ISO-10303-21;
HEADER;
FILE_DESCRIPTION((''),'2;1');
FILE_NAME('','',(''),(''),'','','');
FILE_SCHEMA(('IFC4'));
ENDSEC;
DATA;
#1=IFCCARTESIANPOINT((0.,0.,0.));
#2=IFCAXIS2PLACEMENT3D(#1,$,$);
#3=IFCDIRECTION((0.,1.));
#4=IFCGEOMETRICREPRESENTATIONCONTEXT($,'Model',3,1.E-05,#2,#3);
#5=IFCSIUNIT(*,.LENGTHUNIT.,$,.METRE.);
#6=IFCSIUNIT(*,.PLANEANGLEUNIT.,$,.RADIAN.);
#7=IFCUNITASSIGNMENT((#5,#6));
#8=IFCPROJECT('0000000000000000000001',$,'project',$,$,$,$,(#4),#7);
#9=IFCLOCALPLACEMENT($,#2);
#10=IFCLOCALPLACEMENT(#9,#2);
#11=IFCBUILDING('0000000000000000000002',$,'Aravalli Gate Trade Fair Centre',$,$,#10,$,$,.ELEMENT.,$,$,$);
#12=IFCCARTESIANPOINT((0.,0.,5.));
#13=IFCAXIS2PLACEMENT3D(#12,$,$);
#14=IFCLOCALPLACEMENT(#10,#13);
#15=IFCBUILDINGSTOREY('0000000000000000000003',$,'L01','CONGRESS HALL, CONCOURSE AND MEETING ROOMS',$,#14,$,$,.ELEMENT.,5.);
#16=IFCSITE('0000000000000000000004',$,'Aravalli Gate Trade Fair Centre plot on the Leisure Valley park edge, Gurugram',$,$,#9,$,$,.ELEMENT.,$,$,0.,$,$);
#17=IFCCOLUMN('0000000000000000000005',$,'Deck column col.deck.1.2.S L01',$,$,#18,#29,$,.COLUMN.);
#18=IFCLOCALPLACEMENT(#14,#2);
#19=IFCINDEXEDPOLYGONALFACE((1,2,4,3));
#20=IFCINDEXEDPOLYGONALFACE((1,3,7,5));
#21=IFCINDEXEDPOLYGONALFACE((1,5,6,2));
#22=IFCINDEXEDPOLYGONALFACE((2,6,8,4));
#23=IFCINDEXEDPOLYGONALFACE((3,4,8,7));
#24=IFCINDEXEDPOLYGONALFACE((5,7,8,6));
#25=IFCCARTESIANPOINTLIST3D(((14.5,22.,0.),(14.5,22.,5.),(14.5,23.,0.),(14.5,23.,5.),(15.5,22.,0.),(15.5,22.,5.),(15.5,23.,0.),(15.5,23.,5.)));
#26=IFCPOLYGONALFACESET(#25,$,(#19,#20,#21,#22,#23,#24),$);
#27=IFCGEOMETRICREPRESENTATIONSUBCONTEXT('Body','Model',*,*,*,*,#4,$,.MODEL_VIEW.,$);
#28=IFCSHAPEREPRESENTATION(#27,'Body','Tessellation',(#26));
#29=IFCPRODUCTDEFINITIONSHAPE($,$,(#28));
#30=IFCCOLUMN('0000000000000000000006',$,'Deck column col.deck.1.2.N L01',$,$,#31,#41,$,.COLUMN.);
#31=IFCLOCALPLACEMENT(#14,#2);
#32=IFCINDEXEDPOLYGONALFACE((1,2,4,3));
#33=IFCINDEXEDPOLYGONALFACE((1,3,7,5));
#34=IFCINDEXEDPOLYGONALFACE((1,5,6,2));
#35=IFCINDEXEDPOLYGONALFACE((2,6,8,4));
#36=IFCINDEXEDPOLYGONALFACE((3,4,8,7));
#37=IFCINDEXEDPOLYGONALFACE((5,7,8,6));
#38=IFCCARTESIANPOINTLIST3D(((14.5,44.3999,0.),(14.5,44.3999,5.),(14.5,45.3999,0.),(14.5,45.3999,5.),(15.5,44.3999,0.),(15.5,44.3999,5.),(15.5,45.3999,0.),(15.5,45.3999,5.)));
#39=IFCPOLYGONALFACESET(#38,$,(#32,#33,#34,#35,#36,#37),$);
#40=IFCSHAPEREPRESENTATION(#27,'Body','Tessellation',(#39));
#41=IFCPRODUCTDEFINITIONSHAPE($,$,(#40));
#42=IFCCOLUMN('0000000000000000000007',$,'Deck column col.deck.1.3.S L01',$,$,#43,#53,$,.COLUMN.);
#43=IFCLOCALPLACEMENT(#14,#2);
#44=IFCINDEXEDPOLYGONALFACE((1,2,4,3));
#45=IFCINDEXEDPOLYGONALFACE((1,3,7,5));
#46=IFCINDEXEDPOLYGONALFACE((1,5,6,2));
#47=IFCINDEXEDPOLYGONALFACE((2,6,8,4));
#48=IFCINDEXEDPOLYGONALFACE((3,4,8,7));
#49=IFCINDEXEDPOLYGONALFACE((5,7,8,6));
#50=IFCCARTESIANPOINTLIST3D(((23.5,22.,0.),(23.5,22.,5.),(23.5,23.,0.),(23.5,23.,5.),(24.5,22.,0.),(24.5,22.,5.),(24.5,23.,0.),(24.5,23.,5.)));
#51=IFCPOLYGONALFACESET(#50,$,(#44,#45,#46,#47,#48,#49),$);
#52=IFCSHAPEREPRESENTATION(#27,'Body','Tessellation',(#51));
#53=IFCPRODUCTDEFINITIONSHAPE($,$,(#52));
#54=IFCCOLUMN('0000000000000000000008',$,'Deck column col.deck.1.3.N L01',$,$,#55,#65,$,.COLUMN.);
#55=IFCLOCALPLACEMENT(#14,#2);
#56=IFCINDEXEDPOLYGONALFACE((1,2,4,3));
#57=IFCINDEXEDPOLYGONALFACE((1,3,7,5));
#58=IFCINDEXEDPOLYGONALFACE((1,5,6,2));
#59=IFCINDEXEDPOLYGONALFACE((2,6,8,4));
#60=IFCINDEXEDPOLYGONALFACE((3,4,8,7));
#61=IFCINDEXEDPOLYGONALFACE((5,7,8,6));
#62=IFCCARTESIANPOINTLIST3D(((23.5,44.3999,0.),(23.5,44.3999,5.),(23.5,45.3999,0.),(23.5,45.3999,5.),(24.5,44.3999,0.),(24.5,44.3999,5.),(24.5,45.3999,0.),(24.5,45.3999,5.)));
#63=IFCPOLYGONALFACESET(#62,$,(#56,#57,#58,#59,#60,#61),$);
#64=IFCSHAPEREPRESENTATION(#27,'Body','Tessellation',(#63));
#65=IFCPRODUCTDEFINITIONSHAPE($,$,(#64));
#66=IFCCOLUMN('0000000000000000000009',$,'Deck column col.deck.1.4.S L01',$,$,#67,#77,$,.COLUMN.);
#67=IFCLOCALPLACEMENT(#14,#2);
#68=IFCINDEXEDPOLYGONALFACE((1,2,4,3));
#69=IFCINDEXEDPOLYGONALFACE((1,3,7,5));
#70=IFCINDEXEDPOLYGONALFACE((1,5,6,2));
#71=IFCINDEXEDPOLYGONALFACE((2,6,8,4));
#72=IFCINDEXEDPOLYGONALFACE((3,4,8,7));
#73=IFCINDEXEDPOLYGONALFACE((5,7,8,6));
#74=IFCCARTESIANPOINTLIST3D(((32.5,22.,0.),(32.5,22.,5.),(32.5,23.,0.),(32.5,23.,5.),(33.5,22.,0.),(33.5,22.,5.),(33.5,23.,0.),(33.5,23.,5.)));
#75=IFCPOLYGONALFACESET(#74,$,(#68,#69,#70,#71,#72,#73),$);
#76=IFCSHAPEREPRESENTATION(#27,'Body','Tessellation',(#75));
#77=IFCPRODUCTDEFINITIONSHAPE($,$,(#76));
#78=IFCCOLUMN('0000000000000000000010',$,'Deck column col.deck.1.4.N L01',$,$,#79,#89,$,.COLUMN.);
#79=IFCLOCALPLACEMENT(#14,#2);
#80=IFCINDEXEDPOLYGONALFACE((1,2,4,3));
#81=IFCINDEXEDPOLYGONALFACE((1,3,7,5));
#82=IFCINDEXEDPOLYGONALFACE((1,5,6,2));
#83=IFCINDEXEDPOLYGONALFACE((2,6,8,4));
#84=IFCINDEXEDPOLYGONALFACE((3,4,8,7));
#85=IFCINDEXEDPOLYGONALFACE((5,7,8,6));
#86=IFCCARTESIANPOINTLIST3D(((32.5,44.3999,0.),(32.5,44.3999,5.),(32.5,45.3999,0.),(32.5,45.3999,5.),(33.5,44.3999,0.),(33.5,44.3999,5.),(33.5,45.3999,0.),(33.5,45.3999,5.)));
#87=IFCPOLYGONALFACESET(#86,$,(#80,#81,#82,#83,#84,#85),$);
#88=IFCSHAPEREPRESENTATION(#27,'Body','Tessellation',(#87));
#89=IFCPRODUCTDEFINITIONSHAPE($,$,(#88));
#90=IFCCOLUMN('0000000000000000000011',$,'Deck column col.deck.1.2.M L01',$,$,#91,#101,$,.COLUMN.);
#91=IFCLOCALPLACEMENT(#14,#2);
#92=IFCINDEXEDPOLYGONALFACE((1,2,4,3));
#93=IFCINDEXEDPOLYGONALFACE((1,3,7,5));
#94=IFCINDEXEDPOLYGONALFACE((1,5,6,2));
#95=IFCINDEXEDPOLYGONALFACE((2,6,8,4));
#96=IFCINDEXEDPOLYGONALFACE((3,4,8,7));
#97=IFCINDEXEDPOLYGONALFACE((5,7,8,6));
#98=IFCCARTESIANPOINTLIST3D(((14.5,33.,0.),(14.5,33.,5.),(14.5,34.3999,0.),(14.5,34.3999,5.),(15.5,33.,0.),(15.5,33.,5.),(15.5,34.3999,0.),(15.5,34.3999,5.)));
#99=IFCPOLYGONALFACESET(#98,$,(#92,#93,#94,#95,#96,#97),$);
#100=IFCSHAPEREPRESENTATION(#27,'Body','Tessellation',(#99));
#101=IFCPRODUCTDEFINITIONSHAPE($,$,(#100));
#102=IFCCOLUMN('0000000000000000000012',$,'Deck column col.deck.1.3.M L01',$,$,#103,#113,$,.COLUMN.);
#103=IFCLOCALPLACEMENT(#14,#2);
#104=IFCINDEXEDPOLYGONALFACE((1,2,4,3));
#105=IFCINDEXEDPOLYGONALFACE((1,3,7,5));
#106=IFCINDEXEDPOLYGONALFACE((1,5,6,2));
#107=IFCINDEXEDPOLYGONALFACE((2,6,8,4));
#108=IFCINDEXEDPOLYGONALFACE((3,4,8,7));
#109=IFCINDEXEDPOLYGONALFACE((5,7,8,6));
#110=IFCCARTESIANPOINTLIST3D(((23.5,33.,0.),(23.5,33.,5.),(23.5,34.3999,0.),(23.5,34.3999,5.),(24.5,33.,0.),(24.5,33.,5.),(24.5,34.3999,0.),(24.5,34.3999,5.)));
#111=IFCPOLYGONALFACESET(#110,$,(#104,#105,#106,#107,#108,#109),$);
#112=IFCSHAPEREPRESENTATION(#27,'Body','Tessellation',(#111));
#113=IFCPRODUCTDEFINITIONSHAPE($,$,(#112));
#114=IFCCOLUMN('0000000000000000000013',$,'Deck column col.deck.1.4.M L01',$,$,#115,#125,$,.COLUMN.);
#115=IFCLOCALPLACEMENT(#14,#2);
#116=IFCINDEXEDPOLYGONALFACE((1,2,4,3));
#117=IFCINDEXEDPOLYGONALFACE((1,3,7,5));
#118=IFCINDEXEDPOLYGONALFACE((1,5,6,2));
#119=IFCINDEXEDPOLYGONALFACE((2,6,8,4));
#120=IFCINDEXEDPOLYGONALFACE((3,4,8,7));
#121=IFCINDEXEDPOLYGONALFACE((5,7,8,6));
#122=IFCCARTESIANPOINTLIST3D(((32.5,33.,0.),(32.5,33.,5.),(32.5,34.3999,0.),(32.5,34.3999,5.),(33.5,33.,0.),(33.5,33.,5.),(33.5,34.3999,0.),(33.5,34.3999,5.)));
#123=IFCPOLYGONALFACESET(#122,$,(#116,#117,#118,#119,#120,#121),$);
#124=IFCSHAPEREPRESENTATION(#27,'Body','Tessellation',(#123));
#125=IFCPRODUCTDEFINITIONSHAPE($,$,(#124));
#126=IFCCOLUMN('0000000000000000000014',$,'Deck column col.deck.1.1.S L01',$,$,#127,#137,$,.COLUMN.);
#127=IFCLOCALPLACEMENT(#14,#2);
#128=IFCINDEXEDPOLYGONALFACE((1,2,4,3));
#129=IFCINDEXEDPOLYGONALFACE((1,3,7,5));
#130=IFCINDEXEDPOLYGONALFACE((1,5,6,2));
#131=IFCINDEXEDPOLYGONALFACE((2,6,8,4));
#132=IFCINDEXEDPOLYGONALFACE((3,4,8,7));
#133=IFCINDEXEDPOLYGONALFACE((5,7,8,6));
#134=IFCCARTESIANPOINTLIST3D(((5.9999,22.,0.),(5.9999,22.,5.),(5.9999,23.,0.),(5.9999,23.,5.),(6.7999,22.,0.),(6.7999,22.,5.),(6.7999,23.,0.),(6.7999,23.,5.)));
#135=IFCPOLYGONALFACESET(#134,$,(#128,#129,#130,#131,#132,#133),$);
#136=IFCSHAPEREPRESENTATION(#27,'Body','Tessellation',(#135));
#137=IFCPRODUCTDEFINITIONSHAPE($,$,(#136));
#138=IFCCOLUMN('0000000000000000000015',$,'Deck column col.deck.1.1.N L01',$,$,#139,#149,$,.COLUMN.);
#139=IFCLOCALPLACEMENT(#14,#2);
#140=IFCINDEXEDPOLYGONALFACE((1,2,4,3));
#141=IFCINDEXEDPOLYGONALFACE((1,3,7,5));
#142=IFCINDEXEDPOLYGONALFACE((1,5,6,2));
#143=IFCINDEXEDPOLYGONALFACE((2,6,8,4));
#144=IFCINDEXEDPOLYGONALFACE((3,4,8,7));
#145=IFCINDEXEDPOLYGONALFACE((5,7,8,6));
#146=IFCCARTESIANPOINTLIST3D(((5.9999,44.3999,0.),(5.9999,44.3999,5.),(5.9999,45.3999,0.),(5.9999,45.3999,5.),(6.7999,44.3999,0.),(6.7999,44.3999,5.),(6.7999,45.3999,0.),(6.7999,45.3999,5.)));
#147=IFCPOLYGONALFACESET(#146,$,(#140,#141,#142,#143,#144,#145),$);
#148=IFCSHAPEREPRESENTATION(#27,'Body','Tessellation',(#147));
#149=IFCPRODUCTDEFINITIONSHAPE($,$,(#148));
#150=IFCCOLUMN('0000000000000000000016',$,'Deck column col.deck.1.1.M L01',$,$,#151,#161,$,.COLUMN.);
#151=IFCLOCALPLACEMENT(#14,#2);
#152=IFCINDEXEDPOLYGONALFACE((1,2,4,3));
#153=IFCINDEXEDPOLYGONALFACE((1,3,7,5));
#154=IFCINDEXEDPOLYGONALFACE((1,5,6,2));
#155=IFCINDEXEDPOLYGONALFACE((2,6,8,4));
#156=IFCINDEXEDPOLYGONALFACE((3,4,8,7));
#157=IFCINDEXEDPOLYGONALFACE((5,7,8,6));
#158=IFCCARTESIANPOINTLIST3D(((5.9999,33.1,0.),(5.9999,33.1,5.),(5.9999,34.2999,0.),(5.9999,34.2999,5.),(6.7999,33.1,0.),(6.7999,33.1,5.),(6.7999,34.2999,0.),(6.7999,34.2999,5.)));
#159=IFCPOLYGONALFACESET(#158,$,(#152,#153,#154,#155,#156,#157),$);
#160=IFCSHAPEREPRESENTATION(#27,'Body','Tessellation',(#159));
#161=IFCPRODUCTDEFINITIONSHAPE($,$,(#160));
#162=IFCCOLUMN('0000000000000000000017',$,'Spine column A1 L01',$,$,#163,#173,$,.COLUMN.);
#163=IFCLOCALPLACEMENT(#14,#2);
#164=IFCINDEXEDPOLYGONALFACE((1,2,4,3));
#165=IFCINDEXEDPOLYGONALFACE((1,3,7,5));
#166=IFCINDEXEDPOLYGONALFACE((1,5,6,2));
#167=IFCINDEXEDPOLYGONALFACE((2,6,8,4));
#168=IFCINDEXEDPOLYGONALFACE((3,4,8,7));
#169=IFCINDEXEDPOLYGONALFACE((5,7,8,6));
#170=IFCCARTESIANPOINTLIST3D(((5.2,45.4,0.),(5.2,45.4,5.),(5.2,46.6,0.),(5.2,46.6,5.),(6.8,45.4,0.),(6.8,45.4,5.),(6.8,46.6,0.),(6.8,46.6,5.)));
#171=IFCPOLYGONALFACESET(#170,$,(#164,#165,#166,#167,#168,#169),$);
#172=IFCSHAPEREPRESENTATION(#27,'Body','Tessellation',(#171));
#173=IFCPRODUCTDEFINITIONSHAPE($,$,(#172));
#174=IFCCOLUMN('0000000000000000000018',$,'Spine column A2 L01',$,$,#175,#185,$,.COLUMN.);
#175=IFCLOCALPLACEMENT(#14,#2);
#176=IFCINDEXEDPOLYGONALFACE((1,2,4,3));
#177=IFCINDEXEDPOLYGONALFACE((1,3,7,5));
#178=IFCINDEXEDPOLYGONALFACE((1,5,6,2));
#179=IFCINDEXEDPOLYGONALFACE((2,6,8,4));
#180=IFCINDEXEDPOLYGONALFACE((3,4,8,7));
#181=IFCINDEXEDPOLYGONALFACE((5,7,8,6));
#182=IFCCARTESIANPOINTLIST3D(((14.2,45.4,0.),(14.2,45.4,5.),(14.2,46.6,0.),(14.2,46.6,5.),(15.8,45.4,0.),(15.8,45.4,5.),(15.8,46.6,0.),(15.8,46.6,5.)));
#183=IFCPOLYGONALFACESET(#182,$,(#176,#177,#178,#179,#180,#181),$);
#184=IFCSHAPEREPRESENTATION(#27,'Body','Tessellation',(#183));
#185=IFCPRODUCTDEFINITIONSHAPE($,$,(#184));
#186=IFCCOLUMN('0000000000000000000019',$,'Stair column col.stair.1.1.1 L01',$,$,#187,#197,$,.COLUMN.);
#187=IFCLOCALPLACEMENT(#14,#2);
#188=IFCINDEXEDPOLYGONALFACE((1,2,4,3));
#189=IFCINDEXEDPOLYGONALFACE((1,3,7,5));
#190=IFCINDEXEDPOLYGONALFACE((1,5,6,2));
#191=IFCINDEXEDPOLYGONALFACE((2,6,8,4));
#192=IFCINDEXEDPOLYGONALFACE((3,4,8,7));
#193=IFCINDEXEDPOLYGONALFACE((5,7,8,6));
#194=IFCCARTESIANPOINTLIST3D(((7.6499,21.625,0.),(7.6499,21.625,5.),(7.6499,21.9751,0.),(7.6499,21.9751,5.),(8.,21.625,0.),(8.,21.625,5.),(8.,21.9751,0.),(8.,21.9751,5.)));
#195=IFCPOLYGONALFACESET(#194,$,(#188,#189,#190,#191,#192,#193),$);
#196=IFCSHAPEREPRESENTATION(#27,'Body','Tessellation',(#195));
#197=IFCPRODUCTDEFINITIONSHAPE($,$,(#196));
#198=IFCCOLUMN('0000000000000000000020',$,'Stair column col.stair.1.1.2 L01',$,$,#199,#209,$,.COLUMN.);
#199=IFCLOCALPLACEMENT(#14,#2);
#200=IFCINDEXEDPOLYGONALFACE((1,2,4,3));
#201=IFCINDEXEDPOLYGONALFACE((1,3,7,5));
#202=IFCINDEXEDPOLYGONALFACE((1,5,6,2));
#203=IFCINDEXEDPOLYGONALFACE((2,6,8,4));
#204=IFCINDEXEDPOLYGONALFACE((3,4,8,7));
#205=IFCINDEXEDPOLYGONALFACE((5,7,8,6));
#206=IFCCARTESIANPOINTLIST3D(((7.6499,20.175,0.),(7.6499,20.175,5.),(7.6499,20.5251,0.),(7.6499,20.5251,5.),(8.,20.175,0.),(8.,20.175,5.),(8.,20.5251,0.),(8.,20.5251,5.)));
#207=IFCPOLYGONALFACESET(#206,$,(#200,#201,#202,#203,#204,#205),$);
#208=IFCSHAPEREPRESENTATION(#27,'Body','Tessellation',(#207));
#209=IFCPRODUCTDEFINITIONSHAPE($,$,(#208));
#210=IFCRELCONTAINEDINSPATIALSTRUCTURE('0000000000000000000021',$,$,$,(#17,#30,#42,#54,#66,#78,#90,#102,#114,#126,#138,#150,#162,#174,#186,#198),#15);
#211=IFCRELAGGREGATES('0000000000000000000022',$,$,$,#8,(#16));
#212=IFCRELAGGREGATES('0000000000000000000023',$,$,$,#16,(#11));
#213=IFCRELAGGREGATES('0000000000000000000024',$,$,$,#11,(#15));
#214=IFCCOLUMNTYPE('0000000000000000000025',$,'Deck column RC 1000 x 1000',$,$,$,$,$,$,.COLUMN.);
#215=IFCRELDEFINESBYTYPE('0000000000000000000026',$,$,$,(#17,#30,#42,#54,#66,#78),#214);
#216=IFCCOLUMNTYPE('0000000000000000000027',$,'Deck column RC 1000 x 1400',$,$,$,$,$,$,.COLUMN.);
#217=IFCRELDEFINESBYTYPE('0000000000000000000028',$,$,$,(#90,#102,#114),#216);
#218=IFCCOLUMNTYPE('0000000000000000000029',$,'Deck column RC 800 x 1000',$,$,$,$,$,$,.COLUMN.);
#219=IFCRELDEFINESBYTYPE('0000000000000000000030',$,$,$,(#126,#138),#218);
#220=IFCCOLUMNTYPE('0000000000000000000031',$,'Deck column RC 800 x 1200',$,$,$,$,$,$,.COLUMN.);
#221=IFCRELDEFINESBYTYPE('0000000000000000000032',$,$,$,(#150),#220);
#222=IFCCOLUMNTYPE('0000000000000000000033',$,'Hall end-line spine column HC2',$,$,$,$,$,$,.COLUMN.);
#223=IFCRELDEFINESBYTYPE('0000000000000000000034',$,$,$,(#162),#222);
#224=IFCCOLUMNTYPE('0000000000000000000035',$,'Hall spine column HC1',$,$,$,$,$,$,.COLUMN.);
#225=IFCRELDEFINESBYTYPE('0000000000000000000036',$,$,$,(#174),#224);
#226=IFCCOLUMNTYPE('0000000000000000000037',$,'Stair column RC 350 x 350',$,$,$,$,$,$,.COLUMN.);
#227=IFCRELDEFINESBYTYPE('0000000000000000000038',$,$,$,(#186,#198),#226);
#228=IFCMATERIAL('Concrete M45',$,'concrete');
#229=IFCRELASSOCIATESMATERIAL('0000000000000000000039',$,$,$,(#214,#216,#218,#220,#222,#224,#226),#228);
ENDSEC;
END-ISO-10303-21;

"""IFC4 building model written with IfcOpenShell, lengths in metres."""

from ifc_helpers import new_model, si_unit, direction, frame, origin, origin_2d, place, context, subcontext, project, spatial, rectangle, extrude, material, material_profile, profile_set, type_object, element, save


model = new_model("IFC4")

# Units and contexts
model_context = context("Model", 3, precision=1e-05, world=origin(), true_north=direction((0.0, 1.0)))
body_context = subcontext(model_context, "Body", "Model", "MODEL_VIEW")
ifc_project = project(units=[si_unit("LENGTHUNIT", "METRE"), si_unit("PLANEANGLEUNIT", "RADIAN")], contexts=[model_context])

# Site, building, storey
site_placement = place(None, origin())
site = spatial("IfcSite", under=ifc_project, at=site_placement, Name="Aravalli Gate Trade Fair Centre plot on the Leisure Valley park edge, Gurugram", CompositionType="ELEMENT", RefElevation=0.0)
building_placement = place(site_placement, origin())
building = spatial("IfcBuilding", under=site, at=building_placement, Name="Aravalli Gate Trade Fair Centre", CompositionType="ELEMENT")
storey_placement = place(building_placement, frame((0.0, 0.0, 5.0)))
storey = spatial("IfcBuildingStorey", under=building, at=storey_placement, Name="L01", Description="CONGRESS HALL, CONCOURSE AND MEETING ROOMS", CompositionType="ELEMENT", Elevation=5.0)

# Columns
ifc_material_1 = material(Name="Concrete M45", Category="concrete")
ifc_material_profile_1 = material_profile(ifc_material_1, rectangle(XDim=1.0, YDim=1.0, at=origin_2d()), Name="Deck column RC 1000 x 1000")
ifc_profile_set_1 = profile_set([ifc_material_profile_1], Name="Concrete M45")
column_type_1 = type_object("IfcColumnType", Name="Deck column RC 1000 x 1000", PredefinedType="COLUMN", material=ifc_profile_set_1)
for number, where, z_axis, x_axis, name in (
    (1, (15.0, 22.5, 0.0), (0.0, 0.0, 1.0), (1.0, 0.0, 0.0), "Deck column col.deck.1.2.S L01"),
    (2, (15.0, 44.8999, 0.0), (0.0, 0.0, 1.0), (1.0, 0.0, 0.0), "Deck column col.deck.1.2.N L01"),
    (3, (24.0, 22.5, 0.0), (0.0, 0.0, 1.0), (1.0, 0.0, 0.0), "Deck column col.deck.1.3.S L01"),
    (4, (24.0, 44.8999, 0.0), (0.0, 0.0, 1.0), (1.0, 0.0, 0.0), "Deck column col.deck.1.3.N L01"),
    (5, (33.0, 22.5, 0.0), (0.0, 0.0, 1.0), (1.0, 0.0, 0.0), "Deck column col.deck.1.4.S L01"),
    (6, (33.0, 44.8999, 0.0), (0.0, 0.0, 1.0), (1.0, 0.0, 0.0), "Deck column col.deck.1.4.N L01"),
):
    element("IfcColumn", number, at=place(storey_placement, frame(where, z_axis=z_axis, x_axis=x_axis)), inside=storey, type_object=column_type_1, Name=name, PredefinedType="COLUMN", context=body_context, shape_type="SweptSolid", body=[
        extrude(rectangle(XDim=1.0, YDim=1.0, at=origin_2d()), origin(), (0.0, 0.0, 1.0), 5.0),
    ])
ifc_material_profile_2 = material_profile(ifc_material_1, rectangle(XDim=1.0, YDim=1.3999, at=origin_2d()), Name="Deck column RC 1000 x 1400")
ifc_profile_set_2 = profile_set([ifc_material_profile_2], Name="Concrete M45")
column_type_2 = type_object("IfcColumnType", Name="Deck column RC 1000 x 1400", PredefinedType="COLUMN", material=ifc_profile_set_2)
for number, where, z_axis, x_axis, name in (
    (7, (15.0, 33.7, 0.0), (0.0, 0.0, 1.0), (1.0, 0.0, 0.0), "Deck column col.deck.1.2.M L01"),
    (8, (24.0, 33.7, 0.0), (0.0, 0.0, 1.0), (1.0, 0.0, 0.0), "Deck column col.deck.1.3.M L01"),
    (9, (33.0, 33.7, 0.0), (0.0, 0.0, 1.0), (1.0, 0.0, 0.0), "Deck column col.deck.1.4.M L01"),
):
    element("IfcColumn", number, at=place(storey_placement, frame(where, z_axis=z_axis, x_axis=x_axis)), inside=storey, type_object=column_type_2, Name=name, PredefinedType="COLUMN", context=body_context, shape_type="SweptSolid", body=[
        extrude(rectangle(XDim=1.0, YDim=1.3999, at=origin_2d()), origin(), (0.0, 0.0, 1.0), 5.0),
    ])
ifc_material_profile_3 = material_profile(ifc_material_1, rectangle(XDim=0.8, YDim=1.0, at=origin_2d()), Name="Deck column RC 800 x 1000")
ifc_profile_set_3 = profile_set([ifc_material_profile_3], Name="Concrete M45")
column_type_3 = type_object("IfcColumnType", Name="Deck column RC 800 x 1000", PredefinedType="COLUMN", material=ifc_profile_set_3)
for number, where, z_axis, x_axis, name in (
    (10, (6.3999, 22.5, 0.0), (0.0, 0.0, 1.0), (1.0, 0.0, 0.0), "Deck column col.deck.1.1.S L01"),
    (11, (6.3999, 44.8999, 0.0), (0.0, 0.0, 1.0), (1.0, 0.0, 0.0), "Deck column col.deck.1.1.N L01"),
):
    element("IfcColumn", number, at=place(storey_placement, frame(where, z_axis=z_axis, x_axis=x_axis)), inside=storey, type_object=column_type_3, Name=name, PredefinedType="COLUMN", context=body_context, shape_type="SweptSolid", body=[
        extrude(rectangle(XDim=0.8, YDim=1.0, at=origin_2d()), origin(), (0.0, 0.0, 1.0), 5.0),
    ])
ifc_material_profile_4 = material_profile(ifc_material_1, rectangle(XDim=0.8, YDim=1.2, at=origin_2d()), Name="Deck column RC 800 x 1200")
ifc_profile_set_4 = profile_set([ifc_material_profile_4], Name="Concrete M45")
column_type_4 = type_object("IfcColumnType", Name="Deck column RC 800 x 1200", PredefinedType="COLUMN", material=ifc_profile_set_4)
column_1_placement = place(storey_placement, frame((6.3999, 33.7, 0.0), z_axis=(0.0, 0.0, 1.0), x_axis=(1.0, 0.0, 0.0)))
element("IfcColumn", 12, at=column_1_placement, inside=storey, type_object=column_type_4, Name="Deck column col.deck.1.1.M L01", PredefinedType="COLUMN", context=body_context, shape_type="SweptSolid", body=[
    extrude(rectangle(XDim=0.8, YDim=1.2, at=origin_2d()), origin(), (0.0, 0.0, 1.0), 5.0),
])
ifc_material_profile_5 = material_profile(ifc_material_1, rectangle(XDim=1.6001, YDim=1.2, at=origin_2d()), Name="RC 1600x1200")
ifc_profile_set_5 = profile_set([ifc_material_profile_5], Name="Concrete M45")
column_type_5 = type_object("IfcColumnType", Name="Hall end-line spine column HC2", PredefinedType="COLUMN", material=ifc_profile_set_5)
column_2_placement = place(storey_placement, frame((6.0, 46.0, 0.0), z_axis=(0.0, 0.0, 1.0), x_axis=(1.0, 0.0, 0.0)))
element("IfcColumn", 13, at=column_2_placement, inside=storey, type_object=column_type_5, Name="Spine column A1 L01", PredefinedType="COLUMN", context=body_context, shape_type="SweptSolid", body=[
    extrude(rectangle(XDim=1.6001, YDim=1.2, at=origin_2d()), origin(), (0.0, 0.0, 1.0), 5.0),
])
ifc_material_profile_6 = material_profile(ifc_material_1, rectangle(XDim=1.6001, YDim=1.2, at=origin_2d()), Name="RC 1600x1200")
ifc_profile_set_6 = profile_set([ifc_material_profile_6], Name="Concrete M45")
column_type_6 = type_object("IfcColumnType", Name="Hall spine column HC1", PredefinedType="COLUMN", material=ifc_profile_set_6)
column_3_placement = place(storey_placement, frame((15.0, 46.0, 0.0), z_axis=(0.0, 0.0, 1.0), x_axis=(1.0, 0.0, 0.0)))
element("IfcColumn", 14, at=column_3_placement, inside=storey, type_object=column_type_6, Name="Spine column A2 L01", PredefinedType="COLUMN", context=body_context, shape_type="SweptSolid", body=[
    extrude(rectangle(XDim=1.6001, YDim=1.2, at=origin_2d()), origin(), (0.0, 0.0, 1.0), 5.0),
])
ifc_material_profile_7 = material_profile(ifc_material_1, rectangle(XDim=0.3501, YDim=0.3501, at=origin_2d()), Name="Stair column RC 350 x 350")
ifc_profile_set_7 = profile_set([ifc_material_profile_7], Name="Concrete M45")
column_type_7 = type_object("IfcColumnType", Name="Stair column RC 350 x 350", PredefinedType="COLUMN", material=ifc_profile_set_7)
for number, where, z_axis, x_axis, name in (
    (15, (7.825, 21.8, 0.0), (0.0, 0.0, 1.0), (1.0, 0.0, 0.0), "Stair column col.stair.1.1.1 L01"),
    (16, (7.825, 20.3501, 0.0), (0.0, 0.0, 1.0), (1.0, 0.0, 0.0), "Stair column col.stair.1.1.2 L01"),
):
    element("IfcColumn", number, at=place(storey_placement, frame(where, z_axis=z_axis, x_axis=x_axis)), inside=storey, type_object=column_type_7, Name=name, PredefinedType="COLUMN", context=body_context, shape_type="SweptSolid", body=[
        extrude(rectangle(XDim=0.3501, YDim=0.3501, at=origin_2d()), origin(), (0.0, 0.0, 1.0), 5.0),
    ])

save(model, "model.ifc")
